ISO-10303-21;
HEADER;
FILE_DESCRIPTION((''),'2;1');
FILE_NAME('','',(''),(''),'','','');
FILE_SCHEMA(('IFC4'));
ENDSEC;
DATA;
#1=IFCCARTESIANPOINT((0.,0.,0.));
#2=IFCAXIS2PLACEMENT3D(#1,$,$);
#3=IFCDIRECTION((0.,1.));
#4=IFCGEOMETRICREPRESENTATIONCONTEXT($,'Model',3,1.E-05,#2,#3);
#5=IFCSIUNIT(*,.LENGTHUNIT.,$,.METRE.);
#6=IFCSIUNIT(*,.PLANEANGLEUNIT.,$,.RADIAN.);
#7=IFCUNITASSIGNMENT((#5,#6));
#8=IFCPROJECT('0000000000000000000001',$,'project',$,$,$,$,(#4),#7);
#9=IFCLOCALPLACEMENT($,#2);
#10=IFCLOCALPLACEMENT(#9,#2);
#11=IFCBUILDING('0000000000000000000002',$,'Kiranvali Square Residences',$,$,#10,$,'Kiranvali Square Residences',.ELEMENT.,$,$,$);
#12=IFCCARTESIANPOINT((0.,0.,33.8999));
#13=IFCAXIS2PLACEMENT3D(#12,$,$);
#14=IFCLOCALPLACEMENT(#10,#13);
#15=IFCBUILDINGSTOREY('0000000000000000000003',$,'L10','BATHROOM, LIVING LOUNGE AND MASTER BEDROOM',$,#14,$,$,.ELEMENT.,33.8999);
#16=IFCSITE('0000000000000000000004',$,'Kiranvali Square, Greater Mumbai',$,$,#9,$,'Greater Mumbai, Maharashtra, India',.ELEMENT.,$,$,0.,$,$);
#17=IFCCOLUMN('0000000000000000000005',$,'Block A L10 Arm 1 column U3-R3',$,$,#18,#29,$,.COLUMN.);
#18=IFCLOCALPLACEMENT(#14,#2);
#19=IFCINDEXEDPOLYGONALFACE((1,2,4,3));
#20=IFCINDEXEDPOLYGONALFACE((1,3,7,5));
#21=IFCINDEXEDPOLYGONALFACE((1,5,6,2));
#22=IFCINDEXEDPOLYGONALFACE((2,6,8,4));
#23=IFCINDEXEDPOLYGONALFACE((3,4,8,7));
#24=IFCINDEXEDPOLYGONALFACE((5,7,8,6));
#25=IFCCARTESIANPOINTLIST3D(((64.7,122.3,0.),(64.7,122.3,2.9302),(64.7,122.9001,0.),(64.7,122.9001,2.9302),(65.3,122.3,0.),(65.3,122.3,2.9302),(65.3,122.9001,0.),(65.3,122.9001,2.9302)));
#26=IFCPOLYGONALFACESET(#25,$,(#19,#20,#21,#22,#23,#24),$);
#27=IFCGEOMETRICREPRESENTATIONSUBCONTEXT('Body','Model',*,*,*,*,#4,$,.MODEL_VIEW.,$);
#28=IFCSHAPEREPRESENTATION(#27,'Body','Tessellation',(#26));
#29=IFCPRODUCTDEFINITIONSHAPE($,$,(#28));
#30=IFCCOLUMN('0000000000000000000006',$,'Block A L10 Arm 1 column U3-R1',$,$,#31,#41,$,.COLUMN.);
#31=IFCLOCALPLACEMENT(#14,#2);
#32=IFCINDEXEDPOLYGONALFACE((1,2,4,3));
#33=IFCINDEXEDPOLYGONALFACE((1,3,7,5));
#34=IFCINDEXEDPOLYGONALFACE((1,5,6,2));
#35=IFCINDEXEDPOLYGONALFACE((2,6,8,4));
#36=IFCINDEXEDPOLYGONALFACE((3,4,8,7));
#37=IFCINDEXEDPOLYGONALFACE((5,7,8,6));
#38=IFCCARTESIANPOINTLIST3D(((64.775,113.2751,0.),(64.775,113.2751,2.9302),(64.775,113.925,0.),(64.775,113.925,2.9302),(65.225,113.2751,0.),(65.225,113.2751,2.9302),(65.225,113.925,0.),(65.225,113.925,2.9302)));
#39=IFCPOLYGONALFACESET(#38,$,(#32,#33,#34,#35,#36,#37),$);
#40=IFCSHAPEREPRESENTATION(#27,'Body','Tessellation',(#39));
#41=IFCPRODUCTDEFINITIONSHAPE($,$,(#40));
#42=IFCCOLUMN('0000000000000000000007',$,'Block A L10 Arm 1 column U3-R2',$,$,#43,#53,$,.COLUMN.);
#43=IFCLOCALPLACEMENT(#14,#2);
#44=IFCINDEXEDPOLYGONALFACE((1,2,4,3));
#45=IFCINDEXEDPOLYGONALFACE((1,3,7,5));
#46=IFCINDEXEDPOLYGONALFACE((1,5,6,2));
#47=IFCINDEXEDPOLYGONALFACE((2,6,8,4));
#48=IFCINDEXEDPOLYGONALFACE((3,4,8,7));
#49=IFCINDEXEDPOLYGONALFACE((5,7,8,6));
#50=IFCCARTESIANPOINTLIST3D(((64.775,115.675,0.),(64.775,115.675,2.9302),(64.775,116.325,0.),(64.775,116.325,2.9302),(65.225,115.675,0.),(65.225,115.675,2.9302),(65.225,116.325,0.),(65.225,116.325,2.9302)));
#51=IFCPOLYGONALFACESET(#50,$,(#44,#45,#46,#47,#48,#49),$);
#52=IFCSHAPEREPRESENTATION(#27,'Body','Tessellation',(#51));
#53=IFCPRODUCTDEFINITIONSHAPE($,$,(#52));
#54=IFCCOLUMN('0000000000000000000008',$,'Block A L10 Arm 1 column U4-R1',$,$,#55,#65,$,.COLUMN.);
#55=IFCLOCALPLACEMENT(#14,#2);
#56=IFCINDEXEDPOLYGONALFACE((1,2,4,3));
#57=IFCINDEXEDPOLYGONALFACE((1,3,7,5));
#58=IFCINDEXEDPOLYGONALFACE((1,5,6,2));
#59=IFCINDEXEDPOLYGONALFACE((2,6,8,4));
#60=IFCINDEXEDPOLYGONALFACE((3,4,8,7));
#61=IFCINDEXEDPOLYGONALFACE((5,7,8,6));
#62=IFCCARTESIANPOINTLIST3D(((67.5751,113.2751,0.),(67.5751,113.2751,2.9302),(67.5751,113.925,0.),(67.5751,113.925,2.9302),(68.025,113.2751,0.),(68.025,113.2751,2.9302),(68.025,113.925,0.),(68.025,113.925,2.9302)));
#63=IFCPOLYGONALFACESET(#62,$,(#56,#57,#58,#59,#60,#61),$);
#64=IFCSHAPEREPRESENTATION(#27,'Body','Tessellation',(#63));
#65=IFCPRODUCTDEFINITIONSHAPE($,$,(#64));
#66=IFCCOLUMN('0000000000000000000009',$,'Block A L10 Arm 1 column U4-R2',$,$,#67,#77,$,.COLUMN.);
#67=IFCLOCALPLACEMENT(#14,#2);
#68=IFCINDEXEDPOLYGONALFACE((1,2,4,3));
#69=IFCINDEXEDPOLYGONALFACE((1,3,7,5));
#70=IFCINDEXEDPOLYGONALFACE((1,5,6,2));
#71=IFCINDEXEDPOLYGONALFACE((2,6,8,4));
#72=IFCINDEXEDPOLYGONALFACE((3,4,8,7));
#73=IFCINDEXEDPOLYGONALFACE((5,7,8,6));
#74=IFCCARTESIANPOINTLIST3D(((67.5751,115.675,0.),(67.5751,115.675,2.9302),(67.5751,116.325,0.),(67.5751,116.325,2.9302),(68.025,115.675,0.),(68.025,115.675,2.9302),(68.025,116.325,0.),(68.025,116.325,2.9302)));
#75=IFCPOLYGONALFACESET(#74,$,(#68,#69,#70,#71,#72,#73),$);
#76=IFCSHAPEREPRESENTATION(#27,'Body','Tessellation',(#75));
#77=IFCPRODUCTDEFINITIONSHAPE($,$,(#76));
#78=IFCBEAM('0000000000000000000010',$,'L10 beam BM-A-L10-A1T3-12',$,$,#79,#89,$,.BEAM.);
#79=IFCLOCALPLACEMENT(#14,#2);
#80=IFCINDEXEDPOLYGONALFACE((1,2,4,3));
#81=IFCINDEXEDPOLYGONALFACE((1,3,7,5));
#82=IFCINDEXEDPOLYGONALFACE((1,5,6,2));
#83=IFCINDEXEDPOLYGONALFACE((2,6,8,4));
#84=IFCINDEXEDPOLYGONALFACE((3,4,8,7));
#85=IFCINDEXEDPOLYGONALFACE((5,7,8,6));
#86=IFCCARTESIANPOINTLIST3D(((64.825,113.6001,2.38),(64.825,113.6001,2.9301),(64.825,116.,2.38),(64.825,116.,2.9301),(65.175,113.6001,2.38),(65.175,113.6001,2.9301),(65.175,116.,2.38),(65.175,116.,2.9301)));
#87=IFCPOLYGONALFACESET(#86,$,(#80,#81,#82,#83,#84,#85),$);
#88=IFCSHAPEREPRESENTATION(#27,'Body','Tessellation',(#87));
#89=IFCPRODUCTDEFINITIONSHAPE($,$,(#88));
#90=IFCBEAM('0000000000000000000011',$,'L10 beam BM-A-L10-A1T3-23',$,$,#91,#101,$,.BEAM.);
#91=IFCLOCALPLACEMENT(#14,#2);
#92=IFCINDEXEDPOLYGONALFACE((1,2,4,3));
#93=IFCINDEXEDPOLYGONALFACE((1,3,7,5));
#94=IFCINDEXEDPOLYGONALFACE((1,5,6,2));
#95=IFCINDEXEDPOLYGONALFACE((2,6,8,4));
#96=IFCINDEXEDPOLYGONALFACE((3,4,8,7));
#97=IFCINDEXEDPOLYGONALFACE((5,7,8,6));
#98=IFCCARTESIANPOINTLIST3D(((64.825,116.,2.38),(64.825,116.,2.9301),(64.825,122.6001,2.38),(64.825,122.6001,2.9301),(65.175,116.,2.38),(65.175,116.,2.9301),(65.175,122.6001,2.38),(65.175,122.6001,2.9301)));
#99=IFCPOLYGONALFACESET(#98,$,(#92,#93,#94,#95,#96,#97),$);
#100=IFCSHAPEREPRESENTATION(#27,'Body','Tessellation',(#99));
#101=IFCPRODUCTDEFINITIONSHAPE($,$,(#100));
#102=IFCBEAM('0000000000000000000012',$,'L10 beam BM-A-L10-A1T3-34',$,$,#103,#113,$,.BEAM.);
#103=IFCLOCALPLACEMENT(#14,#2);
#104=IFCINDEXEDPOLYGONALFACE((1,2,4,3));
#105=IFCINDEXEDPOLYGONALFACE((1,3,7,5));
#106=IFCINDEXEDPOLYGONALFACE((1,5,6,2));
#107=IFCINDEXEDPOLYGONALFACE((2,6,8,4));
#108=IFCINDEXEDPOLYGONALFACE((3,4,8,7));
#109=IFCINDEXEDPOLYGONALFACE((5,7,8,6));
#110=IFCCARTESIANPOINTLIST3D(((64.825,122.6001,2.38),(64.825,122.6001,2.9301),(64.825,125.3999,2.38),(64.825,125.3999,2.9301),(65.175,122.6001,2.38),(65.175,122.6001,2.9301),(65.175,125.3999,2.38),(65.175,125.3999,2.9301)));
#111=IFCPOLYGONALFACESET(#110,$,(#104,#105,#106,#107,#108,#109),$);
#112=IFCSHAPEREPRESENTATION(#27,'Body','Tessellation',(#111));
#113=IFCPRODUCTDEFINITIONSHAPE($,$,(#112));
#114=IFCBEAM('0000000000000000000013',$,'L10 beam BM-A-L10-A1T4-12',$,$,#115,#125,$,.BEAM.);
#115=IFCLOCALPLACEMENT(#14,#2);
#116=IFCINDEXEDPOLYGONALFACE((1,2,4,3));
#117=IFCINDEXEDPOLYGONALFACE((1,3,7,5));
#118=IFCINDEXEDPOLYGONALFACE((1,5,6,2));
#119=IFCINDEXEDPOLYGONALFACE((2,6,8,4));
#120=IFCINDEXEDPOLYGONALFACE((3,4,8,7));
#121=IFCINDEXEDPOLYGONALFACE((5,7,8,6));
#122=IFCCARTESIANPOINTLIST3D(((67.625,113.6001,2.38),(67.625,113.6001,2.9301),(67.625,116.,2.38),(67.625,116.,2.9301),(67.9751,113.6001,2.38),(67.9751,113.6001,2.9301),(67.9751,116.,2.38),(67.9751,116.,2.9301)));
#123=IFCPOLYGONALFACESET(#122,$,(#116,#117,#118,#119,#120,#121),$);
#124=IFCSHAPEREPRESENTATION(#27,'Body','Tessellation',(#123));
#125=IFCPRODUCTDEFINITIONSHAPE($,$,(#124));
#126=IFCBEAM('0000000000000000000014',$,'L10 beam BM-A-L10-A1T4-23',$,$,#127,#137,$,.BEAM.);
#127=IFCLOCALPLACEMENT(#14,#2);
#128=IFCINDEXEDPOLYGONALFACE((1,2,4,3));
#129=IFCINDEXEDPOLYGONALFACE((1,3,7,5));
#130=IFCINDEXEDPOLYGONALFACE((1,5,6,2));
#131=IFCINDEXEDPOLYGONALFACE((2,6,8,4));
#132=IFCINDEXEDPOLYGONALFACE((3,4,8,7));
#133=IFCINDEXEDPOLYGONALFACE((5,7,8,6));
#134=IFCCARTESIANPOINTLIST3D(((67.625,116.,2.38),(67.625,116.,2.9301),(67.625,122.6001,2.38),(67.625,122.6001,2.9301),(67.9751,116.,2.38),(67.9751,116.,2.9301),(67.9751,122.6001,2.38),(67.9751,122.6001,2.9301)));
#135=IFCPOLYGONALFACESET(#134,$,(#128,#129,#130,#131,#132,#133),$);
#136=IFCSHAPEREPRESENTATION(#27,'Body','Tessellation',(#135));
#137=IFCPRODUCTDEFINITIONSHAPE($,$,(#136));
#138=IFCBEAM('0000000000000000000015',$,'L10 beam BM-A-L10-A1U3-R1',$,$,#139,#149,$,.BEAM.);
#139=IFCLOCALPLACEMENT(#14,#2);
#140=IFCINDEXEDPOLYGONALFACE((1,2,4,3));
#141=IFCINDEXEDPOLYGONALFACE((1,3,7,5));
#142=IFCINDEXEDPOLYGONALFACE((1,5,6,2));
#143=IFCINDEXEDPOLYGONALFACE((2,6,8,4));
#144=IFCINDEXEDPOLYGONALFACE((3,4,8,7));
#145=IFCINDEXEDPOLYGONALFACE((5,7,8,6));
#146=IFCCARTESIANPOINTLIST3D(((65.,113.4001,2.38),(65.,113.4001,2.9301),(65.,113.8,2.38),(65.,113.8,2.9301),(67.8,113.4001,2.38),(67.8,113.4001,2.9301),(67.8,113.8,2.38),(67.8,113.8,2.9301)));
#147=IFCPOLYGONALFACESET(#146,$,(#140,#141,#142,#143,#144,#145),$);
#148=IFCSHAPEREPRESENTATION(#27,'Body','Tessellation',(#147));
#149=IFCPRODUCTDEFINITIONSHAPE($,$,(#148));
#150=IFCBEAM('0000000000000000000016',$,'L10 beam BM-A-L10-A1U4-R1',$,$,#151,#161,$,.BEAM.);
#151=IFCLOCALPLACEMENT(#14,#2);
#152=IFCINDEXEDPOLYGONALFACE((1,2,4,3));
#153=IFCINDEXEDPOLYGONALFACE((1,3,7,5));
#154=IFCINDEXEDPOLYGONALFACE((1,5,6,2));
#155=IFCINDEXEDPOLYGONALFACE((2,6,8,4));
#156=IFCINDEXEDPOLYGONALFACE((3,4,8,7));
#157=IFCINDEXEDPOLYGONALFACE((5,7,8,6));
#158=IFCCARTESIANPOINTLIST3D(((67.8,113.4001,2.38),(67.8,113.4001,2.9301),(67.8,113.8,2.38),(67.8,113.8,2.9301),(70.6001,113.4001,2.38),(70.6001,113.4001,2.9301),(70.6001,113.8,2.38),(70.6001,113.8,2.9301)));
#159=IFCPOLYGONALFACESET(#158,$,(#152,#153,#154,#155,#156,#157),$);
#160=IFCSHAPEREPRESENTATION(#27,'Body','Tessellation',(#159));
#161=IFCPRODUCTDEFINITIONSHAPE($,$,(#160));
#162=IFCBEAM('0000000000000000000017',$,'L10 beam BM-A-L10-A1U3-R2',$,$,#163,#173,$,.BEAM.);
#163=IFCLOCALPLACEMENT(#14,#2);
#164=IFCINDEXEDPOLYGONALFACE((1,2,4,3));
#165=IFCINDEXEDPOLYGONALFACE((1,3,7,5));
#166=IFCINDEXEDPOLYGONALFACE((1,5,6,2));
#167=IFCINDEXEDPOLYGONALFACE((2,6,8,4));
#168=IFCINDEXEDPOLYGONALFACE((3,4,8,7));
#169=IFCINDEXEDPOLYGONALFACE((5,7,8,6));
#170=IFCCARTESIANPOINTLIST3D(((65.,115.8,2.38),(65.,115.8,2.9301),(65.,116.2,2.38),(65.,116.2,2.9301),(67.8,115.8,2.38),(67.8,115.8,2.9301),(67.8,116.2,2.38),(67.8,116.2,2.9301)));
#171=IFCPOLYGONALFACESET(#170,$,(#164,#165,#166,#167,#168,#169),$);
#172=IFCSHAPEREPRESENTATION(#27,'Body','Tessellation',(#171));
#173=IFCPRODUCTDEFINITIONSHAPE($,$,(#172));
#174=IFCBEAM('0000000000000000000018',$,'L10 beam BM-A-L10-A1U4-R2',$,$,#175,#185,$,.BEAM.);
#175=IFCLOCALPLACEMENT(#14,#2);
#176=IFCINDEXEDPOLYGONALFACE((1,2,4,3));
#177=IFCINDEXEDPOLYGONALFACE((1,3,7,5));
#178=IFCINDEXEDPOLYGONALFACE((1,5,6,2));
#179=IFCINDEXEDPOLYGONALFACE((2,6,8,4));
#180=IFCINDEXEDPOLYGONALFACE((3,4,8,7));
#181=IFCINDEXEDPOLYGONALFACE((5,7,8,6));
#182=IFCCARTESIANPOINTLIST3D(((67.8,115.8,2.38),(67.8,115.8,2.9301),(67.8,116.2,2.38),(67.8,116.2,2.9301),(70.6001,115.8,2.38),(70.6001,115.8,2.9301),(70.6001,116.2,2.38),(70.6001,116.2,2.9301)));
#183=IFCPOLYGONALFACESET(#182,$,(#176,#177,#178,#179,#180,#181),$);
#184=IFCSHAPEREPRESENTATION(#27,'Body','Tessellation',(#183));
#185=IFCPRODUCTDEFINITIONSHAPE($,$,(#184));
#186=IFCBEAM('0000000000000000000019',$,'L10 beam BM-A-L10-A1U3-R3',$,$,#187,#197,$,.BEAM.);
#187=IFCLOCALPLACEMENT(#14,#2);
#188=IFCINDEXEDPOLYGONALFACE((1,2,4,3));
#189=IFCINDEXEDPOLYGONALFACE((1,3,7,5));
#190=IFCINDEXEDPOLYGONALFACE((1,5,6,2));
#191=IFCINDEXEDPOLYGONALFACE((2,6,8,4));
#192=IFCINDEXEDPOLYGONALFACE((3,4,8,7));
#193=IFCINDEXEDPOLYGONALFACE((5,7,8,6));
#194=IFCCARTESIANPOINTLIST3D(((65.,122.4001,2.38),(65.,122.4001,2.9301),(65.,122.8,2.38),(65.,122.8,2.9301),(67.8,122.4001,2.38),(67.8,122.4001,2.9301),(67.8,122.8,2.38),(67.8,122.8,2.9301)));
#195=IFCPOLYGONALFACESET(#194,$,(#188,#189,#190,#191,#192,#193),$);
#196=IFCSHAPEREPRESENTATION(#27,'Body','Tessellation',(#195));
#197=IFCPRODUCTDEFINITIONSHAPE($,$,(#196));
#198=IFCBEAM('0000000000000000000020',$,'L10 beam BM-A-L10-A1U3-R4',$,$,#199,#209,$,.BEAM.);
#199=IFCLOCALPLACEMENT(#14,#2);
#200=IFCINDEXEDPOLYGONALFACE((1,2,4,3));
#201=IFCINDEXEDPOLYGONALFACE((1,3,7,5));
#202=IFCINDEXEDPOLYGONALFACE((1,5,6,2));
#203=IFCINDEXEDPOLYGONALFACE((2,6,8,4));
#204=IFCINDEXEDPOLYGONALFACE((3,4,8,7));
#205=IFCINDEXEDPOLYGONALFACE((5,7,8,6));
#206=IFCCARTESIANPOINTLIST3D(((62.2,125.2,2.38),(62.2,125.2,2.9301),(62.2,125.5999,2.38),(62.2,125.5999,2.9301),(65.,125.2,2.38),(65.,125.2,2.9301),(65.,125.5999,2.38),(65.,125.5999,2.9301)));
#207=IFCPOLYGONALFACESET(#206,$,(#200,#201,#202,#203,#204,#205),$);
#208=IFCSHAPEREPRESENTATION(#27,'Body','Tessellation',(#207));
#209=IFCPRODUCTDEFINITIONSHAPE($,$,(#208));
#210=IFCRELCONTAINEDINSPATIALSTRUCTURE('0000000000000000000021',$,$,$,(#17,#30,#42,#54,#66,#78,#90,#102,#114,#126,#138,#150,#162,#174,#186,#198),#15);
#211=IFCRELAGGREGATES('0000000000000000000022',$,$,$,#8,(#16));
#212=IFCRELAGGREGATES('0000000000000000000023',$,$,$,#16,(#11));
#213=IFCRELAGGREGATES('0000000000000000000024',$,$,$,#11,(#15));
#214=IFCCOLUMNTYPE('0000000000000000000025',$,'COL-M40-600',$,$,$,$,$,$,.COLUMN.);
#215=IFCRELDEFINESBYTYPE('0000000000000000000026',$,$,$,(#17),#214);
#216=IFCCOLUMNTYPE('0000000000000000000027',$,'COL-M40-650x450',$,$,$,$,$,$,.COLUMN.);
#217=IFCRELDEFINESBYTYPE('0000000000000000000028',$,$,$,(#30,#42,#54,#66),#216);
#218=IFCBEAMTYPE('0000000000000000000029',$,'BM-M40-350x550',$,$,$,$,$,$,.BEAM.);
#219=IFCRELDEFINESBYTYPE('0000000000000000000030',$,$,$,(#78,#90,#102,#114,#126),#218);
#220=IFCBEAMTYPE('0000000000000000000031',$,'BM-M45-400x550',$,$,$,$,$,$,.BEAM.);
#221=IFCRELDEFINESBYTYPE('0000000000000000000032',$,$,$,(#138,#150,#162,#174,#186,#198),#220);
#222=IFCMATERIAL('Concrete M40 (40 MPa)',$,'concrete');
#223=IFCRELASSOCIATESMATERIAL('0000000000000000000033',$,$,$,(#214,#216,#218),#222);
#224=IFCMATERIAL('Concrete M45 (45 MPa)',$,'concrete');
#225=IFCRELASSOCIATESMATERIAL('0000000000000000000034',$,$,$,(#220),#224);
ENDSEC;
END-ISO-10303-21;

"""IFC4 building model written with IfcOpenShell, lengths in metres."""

from ifc_helpers import new_model, si_unit, direction, frame, origin, origin_2d, place, context, subcontext, project, spatial, rectangle, extrude, material, material_profile, profile_set, type_object, element, save


model = new_model("IFC4")

# Units and contexts
model_context = context("Model", 3, precision=1e-05, world=origin(), true_north=direction((0.0, 1.0)))
body_context = subcontext(model_context, "Body", "Model", "MODEL_VIEW")
ifc_project = project(units=[si_unit("LENGTHUNIT", "METRE"), si_unit("PLANEANGLEUNIT", "RADIAN")], contexts=[model_context])

# Site, building, storey
site_placement = place(None, origin())
site = spatial("IfcSite", under=ifc_project, at=site_placement, Name="Kiranvali Square, Greater Mumbai", LongName="Greater Mumbai, Maharashtra, India", CompositionType="ELEMENT", RefElevation=0.0)
building_placement = place(site_placement, origin())
building = spatial("IfcBuilding", under=site, at=building_placement, Name="Kiranvali Square Residences", LongName="Kiranvali Square Residences", CompositionType="ELEMENT")
storey_placement = place(building_placement, frame((0.0, 0.0, 33.8999)))
storey = spatial("IfcBuildingStorey", under=building, at=storey_placement, Name="L10", Description="BATHROOM, LIVING LOUNGE AND MASTER BEDROOM", CompositionType="ELEMENT", Elevation=33.8999)

# Columns
ifc_material_1 = material(Name="Concrete M40 (40 MPa)", Category="concrete")
ifc_material_profile_1 = material_profile(ifc_material_1, rectangle(XDim=0.6001, YDim=0.6001, at=origin_2d()), Name="RC 600x600")
ifc_profile_set_1 = profile_set([ifc_material_profile_1], Name="Concrete M40 (40 MPa)")
column_type_1 = type_object("IfcColumnType", Name="COL-M40-600", PredefinedType="COLUMN", material=ifc_profile_set_1)
column_placement = place(storey_placement, frame((65.0, 122.6001, 0.0), z_axis=(0.0, 0.0, 1.0), x_axis=(1.0, 0.0, 0.0)))
element("IfcColumn", 1, at=column_placement, inside=storey, type_object=column_type_1, Name="Block A L10 Arm 1 column U3-R3", PredefinedType="COLUMN", context=body_context, shape_type="SweptSolid", body=[
    extrude(rectangle(XDim=0.6001, YDim=0.6001, at=origin_2d()), origin(), (0.0, 0.0, 1.0), 2.9302),
])
ifc_material_profile_2 = material_profile(ifc_material_1, rectangle(XDim=0.45, YDim=0.6499, at=origin_2d()), Name="RC 650x450")
ifc_profile_set_2 = profile_set([ifc_material_profile_2], Name="Concrete M40 (40 MPa)")
column_type_2 = type_object("IfcColumnType", Name="COL-M40-650x450", PredefinedType="COLUMN", material=ifc_profile_set_2)
for number, where, z_axis, x_axis, name in (
    (2, (65.0, 113.6001, 0.0), (0.0, 0.0, 1.0), (1.0, 0.0, 0.0), "Block A L10 Arm 1 column U3-R1"),
    (3, (65.0, 116.0, 0.0), (0.0, 0.0, 1.0), (1.0, 0.0, 0.0), "Block A L10 Arm 1 column U3-R2"),
    (4, (67.8, 113.6001, 0.0), (0.0, 0.0, 1.0), (1.0, 0.0, 0.0), "Block A L10 Arm 1 column U4-R1"),
    (5, (67.8, 116.0, 0.0), (0.0, 0.0, 1.0), (1.0, 0.0, 0.0), "Block A L10 Arm 1 column U4-R2"),
):
    element("IfcColumn", number, at=place(storey_placement, frame(where, z_axis=z_axis, x_axis=x_axis)), inside=storey, type_object=column_type_2, Name=name, PredefinedType="COLUMN", context=body_context, shape_type="SweptSolid", body=[
        extrude(rectangle(XDim=0.45, YDim=0.6499, at=origin_2d()), origin(), (0.0, 0.0, 1.0), 2.9302),
    ])

# Beams
ifc_material_profile_3 = material_profile(ifc_material_1, rectangle(XDim=0.3501, YDim=0.55, at=origin_2d()), Name="RC 350x550")
ifc_profile_set_3 = profile_set([ifc_material_profile_3], Name="Concrete M40 (40 MPa)")
beam_type_1 = type_object("IfcBeamType", Name="BM-M40-350x550", PredefinedType="BEAM", material=ifc_profile_set_3)
beam_1_placement = place(storey_placement, frame((65.0, 113.6001, 2.655), z_axis=(0.0, 1.0, 0.0), x_axis=(-1.0, 0.0, 0.0)))
element("IfcBeam", 6, at=beam_1_placement, inside=storey, type_object=beam_type_1, Name="L10 beam BM-A-L10-A1T3-12", PredefinedType="BEAM", context=body_context, shape_type="SweptSolid", body=[
    extrude(rectangle(XDim=0.3501, YDim=0.55, at=origin_2d()), origin(), (0.0, 0.0, 1.0), 2.3999),
])
beam_2_placement = place(storey_placement, frame((65.0, 116.0, 2.655), z_axis=(0.0, 1.0, 0.0), x_axis=(-1.0, 0.0, 0.0)))
element("IfcBeam", 7, at=beam_2_placement, inside=storey, type_object=beam_type_1, Name="L10 beam BM-A-L10-A1T3-23", PredefinedType="BEAM", context=body_context, shape_type="SweptSolid", body=[
    extrude(rectangle(XDim=0.3501, YDim=0.55, at=origin_2d()), origin(), (0.0, 0.0, 1.0), 6.6001),
])
beam_3_placement = place(storey_placement, frame((65.0, 122.6001, 2.655), z_axis=(0.0, 1.0, 0.0), x_axis=(-1.0, 0.0, 0.0)))
element("IfcBeam", 8, at=beam_3_placement, inside=storey, type_object=beam_type_1, Name="L10 beam BM-A-L10-A1T3-34", PredefinedType="BEAM", context=body_context, shape_type="SweptSolid", body=[
    extrude(rectangle(XDim=0.3501, YDim=0.55, at=origin_2d()), origin(), (0.0, 0.0, 1.0), 2.7998),
])
beam_4_placement = place(storey_placement, frame((67.8, 113.6001, 2.655), z_axis=(0.0, 1.0, 0.0), x_axis=(-1.0, 0.0, 0.0)))
element("IfcBeam", 9, at=beam_4_placement, inside=storey, type_object=beam_type_1, Name="L10 beam BM-A-L10-A1T4-12", PredefinedType="BEAM", context=body_context, shape_type="SweptSolid", body=[
    extrude(rectangle(XDim=0.3501, YDim=0.55, at=origin_2d()), origin(), (0.0, 0.0, 1.0), 2.3999),
])
beam_5_placement = place(storey_placement, frame((67.8, 116.0, 2.655), z_axis=(0.0, 1.0, 0.0), x_axis=(-1.0, 0.0, 0.0)))
element("IfcBeam", 10, at=beam_5_placement, inside=storey, type_object=beam_type_1, Name="L10 beam BM-A-L10-A1T4-23", PredefinedType="BEAM", context=body_context, shape_type="SweptSolid", body=[
    extrude(rectangle(XDim=0.3501, YDim=0.55, at=origin_2d()), origin(), (0.0, 0.0, 1.0), 6.6001),
])
ifc_material_2 = material(Name="Concrete M45 (45 MPa)", Category="concrete")
ifc_material_profile_4 = material_profile(ifc_material_2, rectangle(XDim=0.3999, YDim=0.55, at=origin_2d()), Name="RC 400x550")
ifc_profile_set_4 = profile_set([ifc_material_profile_4], Name="Concrete M45 (45 MPa)")
beam_type_2 = type_object("IfcBeamType", Name="BM-M45-400x550", PredefinedType="BEAM", material=ifc_profile_set_4)
for number, where, z_axis, x_axis, name in (
    (11, (65.0, 113.6001, 2.655), (1.0, 0.0, 0.0), (0.0, 1.0, 0.0), "L10 beam BM-A-L10-A1U3-R1"),
    (12, (67.8, 113.6001, 2.655), (1.0, 0.0, 0.0), (0.0, 1.0, 0.0), "L10 beam BM-A-L10-A1U4-R1"),
    (13, (65.0, 116.0, 2.655), (1.0, 0.0, 0.0), (0.0, 1.0, 0.0), "L10 beam BM-A-L10-A1U3-R2"),
    (14, (67.8, 116.0, 2.655), (1.0, 0.0, 0.0), (0.0, 1.0, 0.0), "L10 beam BM-A-L10-A1U4-R2"),
    (15, (65.0, 122.6001, 2.655), (1.0, 0.0, 0.0), (0.0, 1.0, 0.0), "L10 beam BM-A-L10-A1U3-R3"),
    (16, (62.2, 125.3999, 2.655), (1.0, 0.0, 0.0), (0.0, 1.0, 0.0), "L10 beam BM-A-L10-A1U3-R4"),
):
    element("IfcBeam", number, at=place(storey_placement, frame(where, z_axis=z_axis, x_axis=x_axis)), inside=storey, type_object=beam_type_2, Name=name, PredefinedType="BEAM", context=body_context, shape_type="SweptSolid", body=[
        extrude(rectangle(XDim=0.3999, YDim=0.55, at=origin_2d()), origin(), (0.0, 0.0, 1.0), 2.8),
    ])

save(model, "model.ifc")
